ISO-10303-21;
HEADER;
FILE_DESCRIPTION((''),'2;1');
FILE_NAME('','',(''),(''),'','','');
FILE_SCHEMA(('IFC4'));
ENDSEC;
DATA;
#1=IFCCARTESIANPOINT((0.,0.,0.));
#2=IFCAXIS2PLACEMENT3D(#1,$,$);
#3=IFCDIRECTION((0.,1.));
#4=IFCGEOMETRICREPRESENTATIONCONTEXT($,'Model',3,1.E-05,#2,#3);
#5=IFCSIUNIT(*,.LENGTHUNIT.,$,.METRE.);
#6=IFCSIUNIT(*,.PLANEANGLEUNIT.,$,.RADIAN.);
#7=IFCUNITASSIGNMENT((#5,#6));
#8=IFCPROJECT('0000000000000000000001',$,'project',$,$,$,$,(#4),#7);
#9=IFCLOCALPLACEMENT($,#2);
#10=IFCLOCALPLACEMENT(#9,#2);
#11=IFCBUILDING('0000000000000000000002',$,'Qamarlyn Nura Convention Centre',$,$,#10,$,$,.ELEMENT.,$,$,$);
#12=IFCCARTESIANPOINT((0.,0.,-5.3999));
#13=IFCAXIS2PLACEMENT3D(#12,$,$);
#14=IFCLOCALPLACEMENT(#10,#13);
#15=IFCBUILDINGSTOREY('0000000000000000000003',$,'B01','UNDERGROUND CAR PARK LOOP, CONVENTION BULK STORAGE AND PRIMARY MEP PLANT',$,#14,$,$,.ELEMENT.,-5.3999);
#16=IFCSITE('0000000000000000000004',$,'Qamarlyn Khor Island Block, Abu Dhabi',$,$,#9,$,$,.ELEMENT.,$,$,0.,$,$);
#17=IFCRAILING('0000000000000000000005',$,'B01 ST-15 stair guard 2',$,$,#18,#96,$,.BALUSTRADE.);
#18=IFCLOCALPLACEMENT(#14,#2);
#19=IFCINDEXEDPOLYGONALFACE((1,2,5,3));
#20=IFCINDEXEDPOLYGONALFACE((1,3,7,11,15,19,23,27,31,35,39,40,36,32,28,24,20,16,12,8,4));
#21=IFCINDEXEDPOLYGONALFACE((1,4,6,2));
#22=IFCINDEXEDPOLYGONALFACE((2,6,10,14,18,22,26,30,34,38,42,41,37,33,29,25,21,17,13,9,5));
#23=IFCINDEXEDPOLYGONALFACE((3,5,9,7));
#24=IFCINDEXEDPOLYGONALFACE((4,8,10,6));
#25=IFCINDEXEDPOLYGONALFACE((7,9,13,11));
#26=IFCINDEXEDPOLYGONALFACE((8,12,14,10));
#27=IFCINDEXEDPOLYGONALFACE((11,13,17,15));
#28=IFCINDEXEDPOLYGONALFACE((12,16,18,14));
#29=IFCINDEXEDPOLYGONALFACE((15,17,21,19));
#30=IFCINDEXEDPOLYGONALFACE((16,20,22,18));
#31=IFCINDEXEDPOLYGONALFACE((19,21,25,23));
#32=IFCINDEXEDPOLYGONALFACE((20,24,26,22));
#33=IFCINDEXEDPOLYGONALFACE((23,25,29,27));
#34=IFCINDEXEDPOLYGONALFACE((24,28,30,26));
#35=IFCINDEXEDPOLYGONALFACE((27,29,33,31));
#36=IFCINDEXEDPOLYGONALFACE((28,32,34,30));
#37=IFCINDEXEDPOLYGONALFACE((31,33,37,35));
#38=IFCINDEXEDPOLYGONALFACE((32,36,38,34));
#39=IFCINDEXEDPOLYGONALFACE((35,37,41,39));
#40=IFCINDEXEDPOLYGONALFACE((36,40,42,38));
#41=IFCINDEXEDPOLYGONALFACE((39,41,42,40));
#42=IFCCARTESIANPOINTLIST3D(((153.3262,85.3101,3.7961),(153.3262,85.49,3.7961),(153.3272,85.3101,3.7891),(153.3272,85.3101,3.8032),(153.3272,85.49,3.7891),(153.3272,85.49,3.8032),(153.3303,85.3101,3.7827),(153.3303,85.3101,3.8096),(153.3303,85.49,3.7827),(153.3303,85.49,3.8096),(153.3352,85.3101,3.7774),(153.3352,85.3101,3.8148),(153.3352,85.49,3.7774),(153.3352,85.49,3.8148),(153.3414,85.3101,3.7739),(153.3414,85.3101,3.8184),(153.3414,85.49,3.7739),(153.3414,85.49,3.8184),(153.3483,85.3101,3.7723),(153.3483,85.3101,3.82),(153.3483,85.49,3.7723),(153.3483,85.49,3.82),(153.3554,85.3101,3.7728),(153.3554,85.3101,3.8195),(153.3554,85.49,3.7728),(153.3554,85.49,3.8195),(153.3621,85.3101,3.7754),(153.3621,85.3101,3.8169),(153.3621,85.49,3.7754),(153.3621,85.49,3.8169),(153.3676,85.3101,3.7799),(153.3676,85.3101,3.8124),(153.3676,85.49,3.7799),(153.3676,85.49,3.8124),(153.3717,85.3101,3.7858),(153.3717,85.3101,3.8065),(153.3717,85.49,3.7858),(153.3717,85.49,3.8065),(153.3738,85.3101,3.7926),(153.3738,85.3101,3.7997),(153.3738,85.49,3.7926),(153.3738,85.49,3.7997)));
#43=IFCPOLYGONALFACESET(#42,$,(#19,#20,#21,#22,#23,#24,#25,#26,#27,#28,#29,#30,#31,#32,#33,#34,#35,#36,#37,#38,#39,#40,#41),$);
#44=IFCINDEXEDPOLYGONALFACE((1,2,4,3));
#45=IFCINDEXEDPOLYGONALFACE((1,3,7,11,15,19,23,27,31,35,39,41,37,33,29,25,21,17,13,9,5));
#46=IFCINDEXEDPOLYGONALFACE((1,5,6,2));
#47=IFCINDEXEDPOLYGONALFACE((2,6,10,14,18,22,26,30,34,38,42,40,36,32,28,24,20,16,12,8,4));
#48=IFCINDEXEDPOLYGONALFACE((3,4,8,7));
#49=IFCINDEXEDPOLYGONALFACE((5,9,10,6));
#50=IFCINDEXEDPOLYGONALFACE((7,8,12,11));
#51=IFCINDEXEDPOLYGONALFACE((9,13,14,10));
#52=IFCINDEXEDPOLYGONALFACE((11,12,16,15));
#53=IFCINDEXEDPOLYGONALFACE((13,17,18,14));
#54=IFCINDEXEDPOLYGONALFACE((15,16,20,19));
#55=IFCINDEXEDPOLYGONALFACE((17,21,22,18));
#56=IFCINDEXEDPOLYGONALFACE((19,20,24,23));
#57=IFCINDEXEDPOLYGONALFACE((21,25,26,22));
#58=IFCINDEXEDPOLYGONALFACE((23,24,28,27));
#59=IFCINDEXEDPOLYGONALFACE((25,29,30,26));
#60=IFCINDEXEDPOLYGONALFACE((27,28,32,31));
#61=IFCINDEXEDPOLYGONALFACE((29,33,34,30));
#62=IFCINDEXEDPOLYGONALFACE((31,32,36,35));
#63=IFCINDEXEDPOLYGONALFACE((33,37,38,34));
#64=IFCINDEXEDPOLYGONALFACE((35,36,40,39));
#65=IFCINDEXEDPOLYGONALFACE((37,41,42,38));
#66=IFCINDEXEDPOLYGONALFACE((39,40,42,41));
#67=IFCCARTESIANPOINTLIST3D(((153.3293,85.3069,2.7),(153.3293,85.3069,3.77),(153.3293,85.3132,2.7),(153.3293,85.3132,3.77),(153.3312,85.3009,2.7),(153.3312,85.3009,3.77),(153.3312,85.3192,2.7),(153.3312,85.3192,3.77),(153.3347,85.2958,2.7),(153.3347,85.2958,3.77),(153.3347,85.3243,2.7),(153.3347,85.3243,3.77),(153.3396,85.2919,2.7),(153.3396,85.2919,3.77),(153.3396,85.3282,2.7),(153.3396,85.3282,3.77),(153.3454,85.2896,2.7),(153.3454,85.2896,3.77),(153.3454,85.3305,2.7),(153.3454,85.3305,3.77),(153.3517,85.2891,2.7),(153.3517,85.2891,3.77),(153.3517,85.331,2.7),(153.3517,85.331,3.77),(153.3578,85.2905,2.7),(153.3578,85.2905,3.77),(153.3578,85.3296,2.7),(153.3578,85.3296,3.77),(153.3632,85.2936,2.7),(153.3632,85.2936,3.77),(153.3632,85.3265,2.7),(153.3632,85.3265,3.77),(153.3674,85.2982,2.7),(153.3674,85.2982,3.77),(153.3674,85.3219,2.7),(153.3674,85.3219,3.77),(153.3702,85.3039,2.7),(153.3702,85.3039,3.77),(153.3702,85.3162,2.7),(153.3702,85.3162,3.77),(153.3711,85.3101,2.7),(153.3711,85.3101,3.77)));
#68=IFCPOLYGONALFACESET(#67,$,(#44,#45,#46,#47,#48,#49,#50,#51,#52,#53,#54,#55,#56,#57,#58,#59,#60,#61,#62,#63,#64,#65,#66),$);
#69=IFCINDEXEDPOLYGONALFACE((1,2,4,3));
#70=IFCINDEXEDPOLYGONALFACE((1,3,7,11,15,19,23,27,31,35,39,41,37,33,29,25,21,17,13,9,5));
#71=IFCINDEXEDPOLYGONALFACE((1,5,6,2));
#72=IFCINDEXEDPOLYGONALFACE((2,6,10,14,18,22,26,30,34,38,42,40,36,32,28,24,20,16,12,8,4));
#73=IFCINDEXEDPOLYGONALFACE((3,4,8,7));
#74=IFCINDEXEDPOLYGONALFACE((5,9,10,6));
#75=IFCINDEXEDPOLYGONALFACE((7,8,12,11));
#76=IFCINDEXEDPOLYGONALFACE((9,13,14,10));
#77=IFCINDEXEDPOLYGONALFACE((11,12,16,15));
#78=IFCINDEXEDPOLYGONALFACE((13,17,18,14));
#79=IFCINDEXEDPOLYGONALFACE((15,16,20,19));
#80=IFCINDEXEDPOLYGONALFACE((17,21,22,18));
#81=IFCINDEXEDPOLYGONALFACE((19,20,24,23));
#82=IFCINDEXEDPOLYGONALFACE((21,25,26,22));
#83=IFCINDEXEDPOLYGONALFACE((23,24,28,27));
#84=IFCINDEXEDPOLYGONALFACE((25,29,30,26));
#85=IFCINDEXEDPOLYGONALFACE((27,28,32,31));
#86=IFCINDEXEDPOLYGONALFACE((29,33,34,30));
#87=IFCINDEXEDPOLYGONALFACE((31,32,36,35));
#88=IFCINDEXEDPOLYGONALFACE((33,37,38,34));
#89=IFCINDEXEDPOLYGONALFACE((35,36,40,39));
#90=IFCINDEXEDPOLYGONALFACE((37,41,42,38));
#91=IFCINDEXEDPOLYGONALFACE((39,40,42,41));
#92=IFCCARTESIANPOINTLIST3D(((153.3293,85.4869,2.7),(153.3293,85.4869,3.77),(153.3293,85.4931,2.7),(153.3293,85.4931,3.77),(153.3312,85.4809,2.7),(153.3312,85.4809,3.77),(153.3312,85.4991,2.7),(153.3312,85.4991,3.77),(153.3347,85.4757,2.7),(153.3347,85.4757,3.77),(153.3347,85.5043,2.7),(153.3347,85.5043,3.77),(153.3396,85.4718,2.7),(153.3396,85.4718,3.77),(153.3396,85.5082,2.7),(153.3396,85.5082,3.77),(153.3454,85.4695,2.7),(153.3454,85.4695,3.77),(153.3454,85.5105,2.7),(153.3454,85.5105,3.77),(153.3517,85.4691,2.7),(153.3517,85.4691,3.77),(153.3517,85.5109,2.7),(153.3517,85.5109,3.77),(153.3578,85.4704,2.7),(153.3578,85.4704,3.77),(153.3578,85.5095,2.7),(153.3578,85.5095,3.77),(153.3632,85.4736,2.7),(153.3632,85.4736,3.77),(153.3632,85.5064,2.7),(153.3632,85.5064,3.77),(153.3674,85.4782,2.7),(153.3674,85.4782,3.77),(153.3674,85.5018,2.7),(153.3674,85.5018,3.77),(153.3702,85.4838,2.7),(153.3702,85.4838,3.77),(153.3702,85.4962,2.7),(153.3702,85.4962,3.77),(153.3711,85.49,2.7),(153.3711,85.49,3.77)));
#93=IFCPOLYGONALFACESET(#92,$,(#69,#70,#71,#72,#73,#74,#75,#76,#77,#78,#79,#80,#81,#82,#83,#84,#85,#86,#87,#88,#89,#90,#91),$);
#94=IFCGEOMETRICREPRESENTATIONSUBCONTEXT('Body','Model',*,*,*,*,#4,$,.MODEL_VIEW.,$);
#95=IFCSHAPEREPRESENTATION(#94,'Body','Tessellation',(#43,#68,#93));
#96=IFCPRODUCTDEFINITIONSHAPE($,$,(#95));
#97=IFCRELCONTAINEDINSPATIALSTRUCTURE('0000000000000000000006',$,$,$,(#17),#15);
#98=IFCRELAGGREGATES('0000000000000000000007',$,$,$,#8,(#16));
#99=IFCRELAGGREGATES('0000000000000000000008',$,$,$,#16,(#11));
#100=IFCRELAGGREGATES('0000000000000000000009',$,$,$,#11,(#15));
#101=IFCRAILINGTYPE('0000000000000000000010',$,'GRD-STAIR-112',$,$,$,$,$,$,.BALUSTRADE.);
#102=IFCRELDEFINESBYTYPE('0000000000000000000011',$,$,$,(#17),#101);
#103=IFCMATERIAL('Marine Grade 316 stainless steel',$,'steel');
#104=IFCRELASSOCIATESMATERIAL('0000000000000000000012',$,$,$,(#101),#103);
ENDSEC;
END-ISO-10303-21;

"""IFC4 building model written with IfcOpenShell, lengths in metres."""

from ifc_helpers import new_model, si_unit, direction, frame, origin, origin_2d, place, context, subcontext, project, spatial, circle, extrude, material, type_object, element, save


model = new_model("IFC4")

# Units and contexts
model_context = context("Model", 3, precision=1e-05, world=origin(), true_north=direction((0.0, 1.0)))
body_context = subcontext(model_context, "Body", "Model", "MODEL_VIEW")
ifc_project = project(units=[si_unit("LENGTHUNIT", "METRE"), si_unit("PLANEANGLEUNIT", "RADIAN")], contexts=[model_context])

# Site, building, storey
site_placement = place(None, origin())
site = spatial("IfcSite", under=ifc_project, at=site_placement, Name="Qamarlyn Khor Island Block, Abu Dhabi", CompositionType="ELEMENT", RefElevation=0.0)
building_placement = place(site_placement, origin())
building = spatial("IfcBuilding", under=site, at=building_placement, Name="Qamarlyn Nura Convention Centre", CompositionType="ELEMENT")
storey_placement = place(building_placement, frame((0.0, 0.0, -5.3999)))
storey = spatial("IfcBuildingStorey", under=building, at=storey_placement, Name="B01", Description="UNDERGROUND CAR PARK LOOP, CONVENTION BULK STORAGE AND PRIMARY MEP PLANT", CompositionType="ELEMENT", Elevation=-5.3999)

# Railing
ifc_material_1 = material(Name="Marine Grade 316 stainless steel", Category="steel")
railing_type_1 = type_object("IfcRailingType", Name="GRD-STAIR-112", PredefinedType="BALUSTRADE", material=ifc_material_1)
railing_1_placement = place(storey_placement, frame((153.3501, 85.3101, 2.7)))
element("IfcRailing", 1, at=railing_1_placement, inside=storey, type_object=railing_type_1, Name="B01 ST-15 stair guard 2", PredefinedType="BALUSTRADE", context=body_context, shape_type="SweptSolid", body=[
    extrude(circle(Radius=0.0239, at=origin_2d()), frame((0.0, 0.0, 1.0962), z_axis=(0.0, 1.0, 0.0), x_axis=(-1.0, 0.0, 0.0)), (0.0, 0.0, 1.0), 0.1799),
    extrude(circle(Radius=0.021, at=origin_2d()), origin(), (0.0, 0.0, 1.0), 1.0701),
    extrude(circle(Radius=0.021, at=origin_2d()), frame((0.0, 0.1799, 0.0)), (0.0, 0.0, 1.0), 1.0701),
])

save(model, "model.ifc")
